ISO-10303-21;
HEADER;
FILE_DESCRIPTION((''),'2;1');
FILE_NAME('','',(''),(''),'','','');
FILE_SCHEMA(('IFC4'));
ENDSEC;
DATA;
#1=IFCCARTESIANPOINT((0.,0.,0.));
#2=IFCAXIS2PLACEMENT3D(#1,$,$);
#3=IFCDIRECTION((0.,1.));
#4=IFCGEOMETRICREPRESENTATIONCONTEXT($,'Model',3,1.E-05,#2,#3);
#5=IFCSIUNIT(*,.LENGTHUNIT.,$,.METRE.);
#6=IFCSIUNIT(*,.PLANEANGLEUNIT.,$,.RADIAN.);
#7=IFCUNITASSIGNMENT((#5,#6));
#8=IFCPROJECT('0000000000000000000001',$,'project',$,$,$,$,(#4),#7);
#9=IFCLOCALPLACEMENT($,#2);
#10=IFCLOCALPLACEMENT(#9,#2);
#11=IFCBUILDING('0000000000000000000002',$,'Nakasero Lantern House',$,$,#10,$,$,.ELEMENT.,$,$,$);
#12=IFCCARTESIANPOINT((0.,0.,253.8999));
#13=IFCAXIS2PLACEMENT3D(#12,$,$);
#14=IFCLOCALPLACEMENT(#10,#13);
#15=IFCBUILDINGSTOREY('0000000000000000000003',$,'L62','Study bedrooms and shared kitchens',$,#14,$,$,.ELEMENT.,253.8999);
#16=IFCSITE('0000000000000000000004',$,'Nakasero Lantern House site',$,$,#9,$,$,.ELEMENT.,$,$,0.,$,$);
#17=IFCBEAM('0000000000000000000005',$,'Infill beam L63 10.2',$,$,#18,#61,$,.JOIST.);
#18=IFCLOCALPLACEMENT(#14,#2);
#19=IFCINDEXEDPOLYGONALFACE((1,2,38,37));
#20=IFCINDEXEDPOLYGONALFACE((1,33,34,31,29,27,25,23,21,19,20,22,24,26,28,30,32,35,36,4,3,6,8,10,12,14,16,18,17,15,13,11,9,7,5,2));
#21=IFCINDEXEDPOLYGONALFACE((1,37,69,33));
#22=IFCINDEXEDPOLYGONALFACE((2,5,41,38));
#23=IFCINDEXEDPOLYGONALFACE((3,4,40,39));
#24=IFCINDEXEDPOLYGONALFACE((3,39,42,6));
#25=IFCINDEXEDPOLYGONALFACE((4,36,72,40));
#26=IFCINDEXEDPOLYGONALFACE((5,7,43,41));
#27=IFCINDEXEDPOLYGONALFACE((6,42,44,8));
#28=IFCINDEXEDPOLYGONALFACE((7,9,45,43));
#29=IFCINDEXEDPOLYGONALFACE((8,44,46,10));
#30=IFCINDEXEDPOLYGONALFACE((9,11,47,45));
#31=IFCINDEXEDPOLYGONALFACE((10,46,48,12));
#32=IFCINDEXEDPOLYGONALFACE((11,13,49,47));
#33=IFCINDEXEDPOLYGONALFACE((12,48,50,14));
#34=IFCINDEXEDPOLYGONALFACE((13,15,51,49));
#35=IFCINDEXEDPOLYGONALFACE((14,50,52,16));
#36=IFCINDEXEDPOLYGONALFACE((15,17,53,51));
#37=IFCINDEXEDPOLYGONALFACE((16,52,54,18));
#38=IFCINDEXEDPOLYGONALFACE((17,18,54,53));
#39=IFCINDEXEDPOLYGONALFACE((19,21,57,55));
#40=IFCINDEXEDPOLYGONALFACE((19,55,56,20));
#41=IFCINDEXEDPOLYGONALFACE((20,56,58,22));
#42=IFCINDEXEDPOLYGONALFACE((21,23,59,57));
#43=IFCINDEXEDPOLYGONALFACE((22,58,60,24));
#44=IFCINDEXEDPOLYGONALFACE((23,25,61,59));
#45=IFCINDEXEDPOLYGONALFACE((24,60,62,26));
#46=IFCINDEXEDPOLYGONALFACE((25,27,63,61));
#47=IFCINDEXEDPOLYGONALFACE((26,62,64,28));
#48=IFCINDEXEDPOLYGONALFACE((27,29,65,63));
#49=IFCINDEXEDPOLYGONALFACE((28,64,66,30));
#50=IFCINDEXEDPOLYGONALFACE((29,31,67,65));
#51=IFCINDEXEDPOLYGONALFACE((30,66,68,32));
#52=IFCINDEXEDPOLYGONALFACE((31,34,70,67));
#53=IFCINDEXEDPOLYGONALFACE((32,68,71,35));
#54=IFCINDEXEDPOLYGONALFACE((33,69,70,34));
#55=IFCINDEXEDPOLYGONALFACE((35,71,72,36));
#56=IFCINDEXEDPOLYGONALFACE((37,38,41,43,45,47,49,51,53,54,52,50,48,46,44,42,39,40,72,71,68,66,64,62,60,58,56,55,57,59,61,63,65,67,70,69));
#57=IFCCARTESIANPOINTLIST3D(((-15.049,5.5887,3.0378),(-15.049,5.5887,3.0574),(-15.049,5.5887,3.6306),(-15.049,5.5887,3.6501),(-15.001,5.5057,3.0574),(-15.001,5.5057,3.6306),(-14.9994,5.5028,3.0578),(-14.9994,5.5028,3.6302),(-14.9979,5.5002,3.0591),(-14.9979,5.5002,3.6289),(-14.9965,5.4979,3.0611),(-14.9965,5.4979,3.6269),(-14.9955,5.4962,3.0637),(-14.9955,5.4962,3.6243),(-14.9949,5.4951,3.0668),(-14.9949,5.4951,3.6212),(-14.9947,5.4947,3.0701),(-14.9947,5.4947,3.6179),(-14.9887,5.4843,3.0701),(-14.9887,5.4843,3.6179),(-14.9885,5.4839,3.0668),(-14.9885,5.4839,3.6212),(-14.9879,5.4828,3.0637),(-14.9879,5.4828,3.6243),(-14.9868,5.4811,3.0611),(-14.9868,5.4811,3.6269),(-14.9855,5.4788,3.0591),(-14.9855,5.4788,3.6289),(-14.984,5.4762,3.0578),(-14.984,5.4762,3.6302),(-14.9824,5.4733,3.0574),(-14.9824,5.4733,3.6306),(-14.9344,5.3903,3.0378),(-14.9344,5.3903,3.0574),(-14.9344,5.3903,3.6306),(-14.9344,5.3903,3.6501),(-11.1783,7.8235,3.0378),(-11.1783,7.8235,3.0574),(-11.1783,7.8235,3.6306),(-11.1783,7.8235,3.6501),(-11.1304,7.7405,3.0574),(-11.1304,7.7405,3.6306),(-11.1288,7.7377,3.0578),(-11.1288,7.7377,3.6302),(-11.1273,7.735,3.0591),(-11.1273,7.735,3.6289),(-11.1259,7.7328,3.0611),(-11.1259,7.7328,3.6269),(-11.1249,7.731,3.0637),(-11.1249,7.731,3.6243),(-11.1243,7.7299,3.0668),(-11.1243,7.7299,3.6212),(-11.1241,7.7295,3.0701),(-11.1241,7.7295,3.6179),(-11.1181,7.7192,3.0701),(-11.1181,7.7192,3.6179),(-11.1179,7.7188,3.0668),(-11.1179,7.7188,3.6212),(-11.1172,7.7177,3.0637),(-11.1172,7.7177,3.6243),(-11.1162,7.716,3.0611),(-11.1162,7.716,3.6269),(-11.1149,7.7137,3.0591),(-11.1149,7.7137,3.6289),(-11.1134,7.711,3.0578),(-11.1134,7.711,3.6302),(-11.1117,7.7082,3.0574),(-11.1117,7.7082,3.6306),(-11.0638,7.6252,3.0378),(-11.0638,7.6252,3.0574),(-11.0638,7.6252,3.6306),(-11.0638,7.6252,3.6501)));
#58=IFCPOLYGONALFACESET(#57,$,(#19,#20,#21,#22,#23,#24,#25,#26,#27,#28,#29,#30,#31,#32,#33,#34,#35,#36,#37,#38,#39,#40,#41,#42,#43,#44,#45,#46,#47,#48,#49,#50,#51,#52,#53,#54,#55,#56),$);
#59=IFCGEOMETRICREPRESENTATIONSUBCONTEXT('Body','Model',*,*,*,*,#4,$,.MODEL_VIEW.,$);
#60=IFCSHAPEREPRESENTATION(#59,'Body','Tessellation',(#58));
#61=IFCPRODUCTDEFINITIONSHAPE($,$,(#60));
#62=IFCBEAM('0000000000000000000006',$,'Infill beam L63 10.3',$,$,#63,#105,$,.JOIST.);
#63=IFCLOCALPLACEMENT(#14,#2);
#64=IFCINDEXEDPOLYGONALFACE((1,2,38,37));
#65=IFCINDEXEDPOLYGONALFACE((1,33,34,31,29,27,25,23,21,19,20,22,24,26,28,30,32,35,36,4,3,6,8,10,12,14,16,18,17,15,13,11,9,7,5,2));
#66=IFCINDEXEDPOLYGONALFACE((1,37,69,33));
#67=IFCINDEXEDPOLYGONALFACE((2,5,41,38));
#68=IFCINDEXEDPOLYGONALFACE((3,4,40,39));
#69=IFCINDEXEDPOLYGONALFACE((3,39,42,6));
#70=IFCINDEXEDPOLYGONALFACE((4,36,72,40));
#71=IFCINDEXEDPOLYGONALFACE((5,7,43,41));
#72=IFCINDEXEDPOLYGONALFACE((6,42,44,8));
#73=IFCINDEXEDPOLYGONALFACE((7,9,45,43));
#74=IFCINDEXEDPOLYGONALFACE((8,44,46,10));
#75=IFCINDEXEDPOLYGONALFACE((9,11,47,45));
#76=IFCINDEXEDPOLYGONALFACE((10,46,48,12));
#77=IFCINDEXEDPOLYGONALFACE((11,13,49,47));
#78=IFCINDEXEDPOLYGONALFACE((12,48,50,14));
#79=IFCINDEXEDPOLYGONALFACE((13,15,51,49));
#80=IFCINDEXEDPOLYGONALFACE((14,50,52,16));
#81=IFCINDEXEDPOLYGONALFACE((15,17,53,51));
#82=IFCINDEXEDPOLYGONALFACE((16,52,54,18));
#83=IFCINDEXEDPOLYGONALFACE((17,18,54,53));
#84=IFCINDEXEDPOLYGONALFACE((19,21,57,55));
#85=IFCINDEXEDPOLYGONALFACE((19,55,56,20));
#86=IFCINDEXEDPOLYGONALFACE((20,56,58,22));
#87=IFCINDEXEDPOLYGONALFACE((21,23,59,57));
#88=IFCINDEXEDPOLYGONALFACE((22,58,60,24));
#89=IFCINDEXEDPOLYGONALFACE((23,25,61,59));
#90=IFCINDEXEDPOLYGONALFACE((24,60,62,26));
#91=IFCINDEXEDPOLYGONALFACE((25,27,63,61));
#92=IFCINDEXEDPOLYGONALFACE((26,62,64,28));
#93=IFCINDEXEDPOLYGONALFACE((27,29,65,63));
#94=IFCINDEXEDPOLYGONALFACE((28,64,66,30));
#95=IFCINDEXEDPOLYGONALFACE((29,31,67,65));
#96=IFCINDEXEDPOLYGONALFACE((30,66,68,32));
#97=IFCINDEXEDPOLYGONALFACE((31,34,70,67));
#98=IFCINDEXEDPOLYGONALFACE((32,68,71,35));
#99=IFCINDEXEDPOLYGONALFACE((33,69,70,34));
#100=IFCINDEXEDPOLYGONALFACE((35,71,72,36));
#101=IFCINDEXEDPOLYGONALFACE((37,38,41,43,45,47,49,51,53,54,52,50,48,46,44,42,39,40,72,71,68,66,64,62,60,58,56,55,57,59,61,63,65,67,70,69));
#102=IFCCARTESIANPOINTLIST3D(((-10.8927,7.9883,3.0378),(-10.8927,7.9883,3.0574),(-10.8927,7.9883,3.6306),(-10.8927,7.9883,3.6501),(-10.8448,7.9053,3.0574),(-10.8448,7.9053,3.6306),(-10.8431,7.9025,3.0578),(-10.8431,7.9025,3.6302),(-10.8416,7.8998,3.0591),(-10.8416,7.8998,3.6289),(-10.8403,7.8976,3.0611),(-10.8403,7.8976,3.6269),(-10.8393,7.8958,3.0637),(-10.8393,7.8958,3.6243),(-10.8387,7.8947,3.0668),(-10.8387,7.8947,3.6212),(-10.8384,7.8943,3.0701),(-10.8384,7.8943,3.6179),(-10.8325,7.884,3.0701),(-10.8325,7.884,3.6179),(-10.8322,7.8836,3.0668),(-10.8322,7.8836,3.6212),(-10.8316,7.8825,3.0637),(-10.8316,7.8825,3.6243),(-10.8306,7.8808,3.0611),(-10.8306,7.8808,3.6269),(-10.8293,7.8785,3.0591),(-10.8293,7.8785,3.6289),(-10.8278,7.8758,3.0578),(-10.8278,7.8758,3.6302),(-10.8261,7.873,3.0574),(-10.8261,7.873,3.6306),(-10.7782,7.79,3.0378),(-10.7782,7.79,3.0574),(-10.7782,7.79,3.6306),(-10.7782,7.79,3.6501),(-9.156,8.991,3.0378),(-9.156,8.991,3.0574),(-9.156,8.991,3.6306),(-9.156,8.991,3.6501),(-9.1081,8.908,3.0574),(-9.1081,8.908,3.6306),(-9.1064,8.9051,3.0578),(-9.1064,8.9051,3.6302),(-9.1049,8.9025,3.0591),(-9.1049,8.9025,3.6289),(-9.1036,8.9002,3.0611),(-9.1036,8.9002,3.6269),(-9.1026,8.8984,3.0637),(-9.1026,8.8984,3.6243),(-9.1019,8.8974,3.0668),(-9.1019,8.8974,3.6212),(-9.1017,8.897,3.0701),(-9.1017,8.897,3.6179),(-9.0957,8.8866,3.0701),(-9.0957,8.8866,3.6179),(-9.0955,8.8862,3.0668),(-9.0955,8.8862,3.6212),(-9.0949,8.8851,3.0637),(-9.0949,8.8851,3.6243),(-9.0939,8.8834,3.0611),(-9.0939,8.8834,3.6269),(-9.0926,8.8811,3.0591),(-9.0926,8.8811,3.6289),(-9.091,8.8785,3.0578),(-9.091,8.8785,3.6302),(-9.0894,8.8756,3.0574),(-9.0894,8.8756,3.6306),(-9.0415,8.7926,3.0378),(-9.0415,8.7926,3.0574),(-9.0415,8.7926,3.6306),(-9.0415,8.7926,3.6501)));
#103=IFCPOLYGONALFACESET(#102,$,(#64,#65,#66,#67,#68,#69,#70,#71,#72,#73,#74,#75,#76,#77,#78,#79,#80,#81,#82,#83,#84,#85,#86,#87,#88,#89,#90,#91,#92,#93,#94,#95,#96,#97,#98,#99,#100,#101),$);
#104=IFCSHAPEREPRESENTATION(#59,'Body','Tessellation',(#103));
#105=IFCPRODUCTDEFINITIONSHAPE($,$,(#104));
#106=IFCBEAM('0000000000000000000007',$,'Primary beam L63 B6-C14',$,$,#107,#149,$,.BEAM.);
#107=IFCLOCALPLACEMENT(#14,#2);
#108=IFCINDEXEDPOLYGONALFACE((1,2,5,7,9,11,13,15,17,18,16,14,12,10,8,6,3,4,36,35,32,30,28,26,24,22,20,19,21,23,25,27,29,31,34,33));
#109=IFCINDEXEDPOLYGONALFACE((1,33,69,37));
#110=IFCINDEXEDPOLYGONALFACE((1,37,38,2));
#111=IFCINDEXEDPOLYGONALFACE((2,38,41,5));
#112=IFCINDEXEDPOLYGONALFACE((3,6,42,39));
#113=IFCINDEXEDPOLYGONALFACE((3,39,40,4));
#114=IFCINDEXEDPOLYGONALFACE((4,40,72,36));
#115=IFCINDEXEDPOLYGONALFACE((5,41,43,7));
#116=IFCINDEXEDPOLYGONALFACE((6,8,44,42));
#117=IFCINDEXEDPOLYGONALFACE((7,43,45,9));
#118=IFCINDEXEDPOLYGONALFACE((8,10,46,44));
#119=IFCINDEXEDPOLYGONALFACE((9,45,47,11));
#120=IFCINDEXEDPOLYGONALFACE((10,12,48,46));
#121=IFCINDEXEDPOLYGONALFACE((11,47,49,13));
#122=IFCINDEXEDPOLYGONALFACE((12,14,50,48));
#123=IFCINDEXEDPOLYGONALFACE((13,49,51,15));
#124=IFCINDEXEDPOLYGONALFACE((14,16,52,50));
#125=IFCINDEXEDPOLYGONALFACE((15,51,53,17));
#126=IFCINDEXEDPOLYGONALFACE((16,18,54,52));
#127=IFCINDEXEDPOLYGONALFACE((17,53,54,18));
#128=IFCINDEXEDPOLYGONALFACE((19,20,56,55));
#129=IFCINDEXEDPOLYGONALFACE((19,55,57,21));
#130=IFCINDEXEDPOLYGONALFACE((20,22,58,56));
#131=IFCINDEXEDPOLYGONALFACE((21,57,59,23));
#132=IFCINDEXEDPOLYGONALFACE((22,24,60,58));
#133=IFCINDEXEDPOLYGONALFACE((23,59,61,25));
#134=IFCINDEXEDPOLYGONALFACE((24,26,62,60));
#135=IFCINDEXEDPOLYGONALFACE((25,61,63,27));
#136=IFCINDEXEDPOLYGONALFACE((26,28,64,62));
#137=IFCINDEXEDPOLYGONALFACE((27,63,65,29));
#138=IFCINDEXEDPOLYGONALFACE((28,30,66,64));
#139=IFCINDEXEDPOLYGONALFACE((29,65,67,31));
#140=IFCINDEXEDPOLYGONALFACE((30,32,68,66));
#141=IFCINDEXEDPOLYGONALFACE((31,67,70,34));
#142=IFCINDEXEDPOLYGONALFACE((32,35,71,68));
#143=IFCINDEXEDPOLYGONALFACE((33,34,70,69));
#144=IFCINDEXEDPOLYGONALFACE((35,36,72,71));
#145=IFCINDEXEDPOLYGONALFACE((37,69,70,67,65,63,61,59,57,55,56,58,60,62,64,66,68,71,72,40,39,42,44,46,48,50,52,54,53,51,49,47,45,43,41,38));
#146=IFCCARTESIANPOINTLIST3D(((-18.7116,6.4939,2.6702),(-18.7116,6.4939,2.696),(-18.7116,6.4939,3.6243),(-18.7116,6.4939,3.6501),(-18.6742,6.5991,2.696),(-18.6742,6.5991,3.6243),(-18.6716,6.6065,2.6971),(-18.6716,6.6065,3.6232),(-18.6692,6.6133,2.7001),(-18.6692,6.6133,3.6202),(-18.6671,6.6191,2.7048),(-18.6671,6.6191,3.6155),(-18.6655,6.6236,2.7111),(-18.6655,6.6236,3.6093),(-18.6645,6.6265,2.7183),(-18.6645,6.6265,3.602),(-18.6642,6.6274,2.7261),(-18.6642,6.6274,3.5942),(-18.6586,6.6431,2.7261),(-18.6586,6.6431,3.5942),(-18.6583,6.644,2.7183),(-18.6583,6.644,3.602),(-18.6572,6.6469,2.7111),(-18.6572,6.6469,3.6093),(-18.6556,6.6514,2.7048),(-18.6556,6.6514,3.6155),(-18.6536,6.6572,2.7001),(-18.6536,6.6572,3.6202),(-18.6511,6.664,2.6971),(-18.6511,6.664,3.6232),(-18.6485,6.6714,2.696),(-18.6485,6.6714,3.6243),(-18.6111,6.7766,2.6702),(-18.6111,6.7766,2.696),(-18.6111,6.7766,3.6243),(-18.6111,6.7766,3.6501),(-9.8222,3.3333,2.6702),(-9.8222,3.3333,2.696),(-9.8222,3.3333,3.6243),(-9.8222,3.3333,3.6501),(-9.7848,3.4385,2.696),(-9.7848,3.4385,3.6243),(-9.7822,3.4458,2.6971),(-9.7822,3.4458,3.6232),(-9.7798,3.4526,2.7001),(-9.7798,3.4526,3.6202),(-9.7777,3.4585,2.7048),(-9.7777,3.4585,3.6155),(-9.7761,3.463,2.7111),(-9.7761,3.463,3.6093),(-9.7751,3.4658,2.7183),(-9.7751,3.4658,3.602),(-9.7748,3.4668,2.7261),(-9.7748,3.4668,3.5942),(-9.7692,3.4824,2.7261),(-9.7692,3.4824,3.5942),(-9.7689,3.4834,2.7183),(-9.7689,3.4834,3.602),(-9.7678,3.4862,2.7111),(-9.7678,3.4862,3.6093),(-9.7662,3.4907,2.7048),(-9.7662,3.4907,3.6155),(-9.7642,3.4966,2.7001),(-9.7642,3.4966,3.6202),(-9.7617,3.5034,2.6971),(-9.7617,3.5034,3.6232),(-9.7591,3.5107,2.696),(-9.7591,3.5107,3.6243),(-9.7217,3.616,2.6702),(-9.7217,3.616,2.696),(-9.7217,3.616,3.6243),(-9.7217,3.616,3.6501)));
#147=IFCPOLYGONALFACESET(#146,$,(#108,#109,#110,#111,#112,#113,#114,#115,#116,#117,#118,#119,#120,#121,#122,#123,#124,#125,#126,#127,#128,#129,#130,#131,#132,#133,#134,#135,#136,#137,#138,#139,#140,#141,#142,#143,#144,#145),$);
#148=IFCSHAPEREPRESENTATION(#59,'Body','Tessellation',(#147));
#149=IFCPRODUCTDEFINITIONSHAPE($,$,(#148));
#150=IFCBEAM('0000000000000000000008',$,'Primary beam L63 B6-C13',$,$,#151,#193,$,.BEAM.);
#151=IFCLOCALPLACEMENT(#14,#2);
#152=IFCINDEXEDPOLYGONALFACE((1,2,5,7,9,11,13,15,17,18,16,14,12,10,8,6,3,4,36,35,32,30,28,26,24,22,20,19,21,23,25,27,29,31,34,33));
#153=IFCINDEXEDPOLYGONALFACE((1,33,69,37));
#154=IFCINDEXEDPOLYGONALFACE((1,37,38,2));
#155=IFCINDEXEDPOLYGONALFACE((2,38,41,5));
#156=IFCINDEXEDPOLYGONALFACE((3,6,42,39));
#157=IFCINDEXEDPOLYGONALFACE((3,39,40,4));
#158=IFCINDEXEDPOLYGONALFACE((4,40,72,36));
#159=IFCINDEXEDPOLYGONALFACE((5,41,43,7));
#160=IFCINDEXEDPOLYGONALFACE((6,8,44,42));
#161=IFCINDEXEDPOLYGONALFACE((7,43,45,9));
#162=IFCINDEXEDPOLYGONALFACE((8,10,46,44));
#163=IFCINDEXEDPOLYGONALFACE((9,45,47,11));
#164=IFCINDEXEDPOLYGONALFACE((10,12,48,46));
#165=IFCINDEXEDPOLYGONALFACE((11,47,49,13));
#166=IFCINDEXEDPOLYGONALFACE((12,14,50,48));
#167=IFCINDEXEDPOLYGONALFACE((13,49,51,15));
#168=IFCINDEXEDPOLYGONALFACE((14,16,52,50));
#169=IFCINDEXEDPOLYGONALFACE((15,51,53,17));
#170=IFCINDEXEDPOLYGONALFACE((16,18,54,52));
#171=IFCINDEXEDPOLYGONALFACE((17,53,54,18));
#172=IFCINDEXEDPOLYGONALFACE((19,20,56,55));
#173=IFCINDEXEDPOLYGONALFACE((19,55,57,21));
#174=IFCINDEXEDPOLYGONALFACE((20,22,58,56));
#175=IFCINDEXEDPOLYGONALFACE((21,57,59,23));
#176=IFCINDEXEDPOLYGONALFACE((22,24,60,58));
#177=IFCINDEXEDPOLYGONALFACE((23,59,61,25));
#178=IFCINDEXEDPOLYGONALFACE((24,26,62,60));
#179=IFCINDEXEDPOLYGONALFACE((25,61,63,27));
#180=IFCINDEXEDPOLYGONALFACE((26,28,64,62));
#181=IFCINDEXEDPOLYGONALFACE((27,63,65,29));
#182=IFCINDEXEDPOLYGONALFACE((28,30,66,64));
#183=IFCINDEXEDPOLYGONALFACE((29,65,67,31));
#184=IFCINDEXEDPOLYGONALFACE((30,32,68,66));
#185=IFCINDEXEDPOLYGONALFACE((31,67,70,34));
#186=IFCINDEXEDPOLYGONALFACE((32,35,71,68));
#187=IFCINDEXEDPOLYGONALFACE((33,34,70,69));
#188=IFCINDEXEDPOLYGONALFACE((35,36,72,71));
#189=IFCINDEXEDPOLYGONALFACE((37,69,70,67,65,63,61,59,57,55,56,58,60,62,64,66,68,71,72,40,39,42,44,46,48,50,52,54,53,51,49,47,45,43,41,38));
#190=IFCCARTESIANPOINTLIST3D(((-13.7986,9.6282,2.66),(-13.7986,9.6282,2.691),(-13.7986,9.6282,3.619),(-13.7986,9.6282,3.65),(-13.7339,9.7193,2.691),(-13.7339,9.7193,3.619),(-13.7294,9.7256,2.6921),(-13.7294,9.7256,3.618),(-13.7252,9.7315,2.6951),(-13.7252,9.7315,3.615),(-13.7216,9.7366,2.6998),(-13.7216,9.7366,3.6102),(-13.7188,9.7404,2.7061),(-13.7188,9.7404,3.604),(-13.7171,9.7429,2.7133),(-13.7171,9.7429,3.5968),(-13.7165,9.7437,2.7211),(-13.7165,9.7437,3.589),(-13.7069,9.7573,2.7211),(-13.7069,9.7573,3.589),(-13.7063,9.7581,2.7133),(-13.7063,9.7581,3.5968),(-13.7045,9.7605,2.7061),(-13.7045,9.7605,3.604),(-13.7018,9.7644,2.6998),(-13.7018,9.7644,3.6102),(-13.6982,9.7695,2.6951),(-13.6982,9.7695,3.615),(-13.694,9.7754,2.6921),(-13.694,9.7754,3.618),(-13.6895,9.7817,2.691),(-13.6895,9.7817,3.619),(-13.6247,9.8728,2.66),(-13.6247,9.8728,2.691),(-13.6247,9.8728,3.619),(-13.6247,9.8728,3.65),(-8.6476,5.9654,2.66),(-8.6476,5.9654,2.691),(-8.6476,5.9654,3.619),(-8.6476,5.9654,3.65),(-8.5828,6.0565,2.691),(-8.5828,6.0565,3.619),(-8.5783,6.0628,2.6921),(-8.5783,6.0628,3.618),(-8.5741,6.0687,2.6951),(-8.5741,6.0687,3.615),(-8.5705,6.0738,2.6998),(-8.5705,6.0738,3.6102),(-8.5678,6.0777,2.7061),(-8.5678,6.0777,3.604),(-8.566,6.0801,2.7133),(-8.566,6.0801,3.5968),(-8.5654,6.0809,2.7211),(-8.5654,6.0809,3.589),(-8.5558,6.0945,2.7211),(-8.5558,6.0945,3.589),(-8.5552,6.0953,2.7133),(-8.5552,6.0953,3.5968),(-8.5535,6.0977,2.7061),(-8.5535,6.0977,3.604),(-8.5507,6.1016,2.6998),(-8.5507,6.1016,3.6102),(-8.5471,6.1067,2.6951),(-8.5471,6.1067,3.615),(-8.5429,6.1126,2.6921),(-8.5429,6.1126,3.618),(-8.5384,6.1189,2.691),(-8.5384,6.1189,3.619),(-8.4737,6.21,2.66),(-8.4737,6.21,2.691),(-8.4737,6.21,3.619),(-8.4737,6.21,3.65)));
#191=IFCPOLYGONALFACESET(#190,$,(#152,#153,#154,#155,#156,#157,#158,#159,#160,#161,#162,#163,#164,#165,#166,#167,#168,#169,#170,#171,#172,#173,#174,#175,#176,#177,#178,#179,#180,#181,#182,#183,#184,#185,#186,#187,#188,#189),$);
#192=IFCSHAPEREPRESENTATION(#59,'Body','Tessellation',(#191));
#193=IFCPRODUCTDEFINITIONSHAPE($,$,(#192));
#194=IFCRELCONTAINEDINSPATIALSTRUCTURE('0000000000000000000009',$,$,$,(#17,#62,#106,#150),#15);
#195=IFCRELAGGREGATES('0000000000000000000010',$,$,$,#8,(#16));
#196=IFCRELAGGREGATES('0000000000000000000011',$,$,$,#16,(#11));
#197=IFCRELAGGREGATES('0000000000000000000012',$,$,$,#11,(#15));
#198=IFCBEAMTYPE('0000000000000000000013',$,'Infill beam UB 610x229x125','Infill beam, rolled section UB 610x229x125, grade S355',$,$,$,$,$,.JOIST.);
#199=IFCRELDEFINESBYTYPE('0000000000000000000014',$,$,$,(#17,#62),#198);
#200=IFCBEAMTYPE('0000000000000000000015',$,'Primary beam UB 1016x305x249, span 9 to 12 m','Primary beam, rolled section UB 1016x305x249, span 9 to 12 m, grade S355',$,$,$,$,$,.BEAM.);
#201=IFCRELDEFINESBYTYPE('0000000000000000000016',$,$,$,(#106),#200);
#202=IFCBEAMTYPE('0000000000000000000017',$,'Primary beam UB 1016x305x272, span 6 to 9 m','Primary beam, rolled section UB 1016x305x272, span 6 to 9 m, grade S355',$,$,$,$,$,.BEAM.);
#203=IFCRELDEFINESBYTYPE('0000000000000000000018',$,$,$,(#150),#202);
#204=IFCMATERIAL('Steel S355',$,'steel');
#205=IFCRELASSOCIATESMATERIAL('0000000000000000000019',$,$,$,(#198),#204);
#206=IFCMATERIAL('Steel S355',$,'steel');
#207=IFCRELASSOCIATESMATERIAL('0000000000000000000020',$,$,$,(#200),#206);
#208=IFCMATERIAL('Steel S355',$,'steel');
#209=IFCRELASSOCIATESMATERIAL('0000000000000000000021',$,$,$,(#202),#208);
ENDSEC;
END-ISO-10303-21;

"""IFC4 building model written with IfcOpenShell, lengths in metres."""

from ifc_helpers import new_model, si_unit, direction, frame, origin, origin_2d, place, context, subcontext, project, spatial, i_section, extrude, material, material_profile, profile_set, type_object, element, save


model = new_model("IFC4")

# Units and contexts
model_context = context("Model", 3, precision=1e-05, world=origin(), true_north=direction((0.0, 1.0)))
body_context = subcontext(model_context, "Body", "Model", "MODEL_VIEW")
ifc_project = project(units=[si_unit("LENGTHUNIT", "METRE"), si_unit("PLANEANGLEUNIT", "RADIAN")], contexts=[model_context])

# Site, building, storey
site_placement = place(None, origin())
site = spatial("IfcSite", under=ifc_project, at=site_placement, Name="Nakasero Lantern House site", CompositionType="ELEMENT", RefElevation=0.0)
building_placement = place(site_placement, origin())
building = spatial("IfcBuilding", under=site, at=building_placement, Name="Nakasero Lantern House", CompositionType="ELEMENT")
storey_placement = place(building_placement, frame((0.0, 0.0, 253.8999)))
storey = spatial("IfcBuildingStorey", under=building, at=storey_placement, Name="L62", Description="Study bedrooms and shared kitchens", CompositionType="ELEMENT", Elevation=253.8999)

# Beams
ifc_material_1 = material(Name="Steel S355", Category="steel")
ifc_material_profile_1 = material_profile(ifc_material_1, i_section(OverallWidth=0.229, OverallDepth=0.6123, WebThickness=0.012, FlangeThickness=0.0195, FilletRadius=0.0127, at=origin_2d()), Name="UB 610x229x125")
ifc_profile_set_1 = profile_set([ifc_material_profile_1], Name="Steel S355")
beam_type_1 = type_object("IfcBeamType", Name="Infill beam UB 610x229x125", Description="Infill beam, rolled section UB 610x229x125, grade S355", PredefinedType="JOIST", material=ifc_profile_set_1)
beam_1_placement = place(storey_placement, frame((-14.9917, 5.4895, 3.344), z_axis=(0.866009, 0.500028, 0.0), x_axis=(-0.500028, 0.866009, 0.0)))
element("IfcBeam", 1, at=beam_1_placement, inside=storey, type_object=beam_type_1, Name="Infill beam L63 10.2", PredefinedType="JOIST", context=body_context, shape_type="SweptSolid", body=[
    extrude(i_section(OverallWidth=0.229, OverallDepth=0.6123, WebThickness=0.012, FlangeThickness=0.0195, FilletRadius=0.0127, at=origin_2d()), origin(), (0.0, 0.0, 1.0), 4.4695),
])
beam_2_placement = place(storey_placement, frame((-10.8354, 7.8892, 3.344), z_axis=(0.86604, 0.499975, 0.0), x_axis=(-0.499975, 0.86604, 0.0)))
element("IfcBeam", 2, at=beam_2_placement, inside=storey, type_object=beam_type_1, Name="Infill beam L63 10.3", PredefinedType="JOIST", context=body_context, shape_type="SweptSolid", body=[
    extrude(i_section(OverallWidth=0.229, OverallDepth=0.6123, WebThickness=0.012, FlangeThickness=0.0195, FilletRadius=0.0127, at=origin_2d()), origin(), (0.0, 0.0, 1.0), 2.0054),
])
ifc_material_2 = material(Name="Steel S355", Category="steel")
ifc_material_profile_2 = material_profile(ifc_material_2, i_section(OverallWidth=0.3, OverallDepth=0.98, WebThickness=0.0166, FlangeThickness=0.0259, FilletRadius=0.03, at=origin_2d()), Name="UB 1016x305x249")
ifc_profile_set_2 = profile_set([ifc_material_profile_2], Name="Steel S355")
beam_type_2 = type_object("IfcBeamType", Name="Primary beam UB 1016x305x249, span 9 to 12 m", Description="Primary beam, rolled section UB 1016x305x249, span 9 to 12 m, grade S355", PredefinedType="BEAM", material=ifc_profile_set_2)
beam_3_placement = place(storey_placement, frame((-18.6614, 6.6353, 3.1602), z_axis=(0.942216, -0.335007, 0.0), x_axis=(0.335007, 0.942216, 0.0)))
element("IfcBeam", 3, at=beam_3_placement, inside=storey, type_object=beam_type_2, Name="Primary beam L63 B6-C14", PredefinedType="BEAM", context=body_context, shape_type="SweptSolid", body=[
    extrude(i_section(OverallWidth=0.3, OverallDepth=0.98, WebThickness=0.0166, FlangeThickness=0.0259, FilletRadius=0.03, at=origin_2d()), origin(), (0.0, 0.0, 1.0), 9.4346),
])
ifc_material_3 = material(Name="Steel S355", Category="steel")
ifc_material_profile_3 = material_profile(ifc_material_3, i_section(OverallWidth=0.3, OverallDepth=0.99, WebThickness=0.0166, FlangeThickness=0.031, FilletRadius=0.03, at=origin_2d()), Name="UB 1016x305x272")
ifc_profile_set_3 = profile_set([ifc_material_profile_3], Name="Steel S355")
beam_type_3 = type_object("IfcBeamType", Name="Primary beam UB 1016x305x272, span 6 to 9 m", Description="Primary beam, rolled section UB 1016x305x272, span 6 to 9 m, grade S355", PredefinedType="BEAM", material=ifc_profile_set_3)
beam_4_placement = place(storey_placement, frame((-13.7117, 9.7505, 3.155), z_axis=(0.814969, -0.579505, 0.0), x_axis=(0.579505, 0.814969, 0.0)))
element("IfcBeam", 4, at=beam_4_placement, inside=storey, type_object=beam_type_3, Name="Primary beam L63 B6-C13", PredefinedType="BEAM", context=body_context, shape_type="SweptSolid", body=[
    extrude(i_section(OverallWidth=0.3, OverallDepth=0.99, WebThickness=0.0166, FlangeThickness=0.031, FilletRadius=0.03, at=origin_2d()), origin(), (0.0, 0.0, 1.0), 6.3206),
])

save(model, "model.ifc")
